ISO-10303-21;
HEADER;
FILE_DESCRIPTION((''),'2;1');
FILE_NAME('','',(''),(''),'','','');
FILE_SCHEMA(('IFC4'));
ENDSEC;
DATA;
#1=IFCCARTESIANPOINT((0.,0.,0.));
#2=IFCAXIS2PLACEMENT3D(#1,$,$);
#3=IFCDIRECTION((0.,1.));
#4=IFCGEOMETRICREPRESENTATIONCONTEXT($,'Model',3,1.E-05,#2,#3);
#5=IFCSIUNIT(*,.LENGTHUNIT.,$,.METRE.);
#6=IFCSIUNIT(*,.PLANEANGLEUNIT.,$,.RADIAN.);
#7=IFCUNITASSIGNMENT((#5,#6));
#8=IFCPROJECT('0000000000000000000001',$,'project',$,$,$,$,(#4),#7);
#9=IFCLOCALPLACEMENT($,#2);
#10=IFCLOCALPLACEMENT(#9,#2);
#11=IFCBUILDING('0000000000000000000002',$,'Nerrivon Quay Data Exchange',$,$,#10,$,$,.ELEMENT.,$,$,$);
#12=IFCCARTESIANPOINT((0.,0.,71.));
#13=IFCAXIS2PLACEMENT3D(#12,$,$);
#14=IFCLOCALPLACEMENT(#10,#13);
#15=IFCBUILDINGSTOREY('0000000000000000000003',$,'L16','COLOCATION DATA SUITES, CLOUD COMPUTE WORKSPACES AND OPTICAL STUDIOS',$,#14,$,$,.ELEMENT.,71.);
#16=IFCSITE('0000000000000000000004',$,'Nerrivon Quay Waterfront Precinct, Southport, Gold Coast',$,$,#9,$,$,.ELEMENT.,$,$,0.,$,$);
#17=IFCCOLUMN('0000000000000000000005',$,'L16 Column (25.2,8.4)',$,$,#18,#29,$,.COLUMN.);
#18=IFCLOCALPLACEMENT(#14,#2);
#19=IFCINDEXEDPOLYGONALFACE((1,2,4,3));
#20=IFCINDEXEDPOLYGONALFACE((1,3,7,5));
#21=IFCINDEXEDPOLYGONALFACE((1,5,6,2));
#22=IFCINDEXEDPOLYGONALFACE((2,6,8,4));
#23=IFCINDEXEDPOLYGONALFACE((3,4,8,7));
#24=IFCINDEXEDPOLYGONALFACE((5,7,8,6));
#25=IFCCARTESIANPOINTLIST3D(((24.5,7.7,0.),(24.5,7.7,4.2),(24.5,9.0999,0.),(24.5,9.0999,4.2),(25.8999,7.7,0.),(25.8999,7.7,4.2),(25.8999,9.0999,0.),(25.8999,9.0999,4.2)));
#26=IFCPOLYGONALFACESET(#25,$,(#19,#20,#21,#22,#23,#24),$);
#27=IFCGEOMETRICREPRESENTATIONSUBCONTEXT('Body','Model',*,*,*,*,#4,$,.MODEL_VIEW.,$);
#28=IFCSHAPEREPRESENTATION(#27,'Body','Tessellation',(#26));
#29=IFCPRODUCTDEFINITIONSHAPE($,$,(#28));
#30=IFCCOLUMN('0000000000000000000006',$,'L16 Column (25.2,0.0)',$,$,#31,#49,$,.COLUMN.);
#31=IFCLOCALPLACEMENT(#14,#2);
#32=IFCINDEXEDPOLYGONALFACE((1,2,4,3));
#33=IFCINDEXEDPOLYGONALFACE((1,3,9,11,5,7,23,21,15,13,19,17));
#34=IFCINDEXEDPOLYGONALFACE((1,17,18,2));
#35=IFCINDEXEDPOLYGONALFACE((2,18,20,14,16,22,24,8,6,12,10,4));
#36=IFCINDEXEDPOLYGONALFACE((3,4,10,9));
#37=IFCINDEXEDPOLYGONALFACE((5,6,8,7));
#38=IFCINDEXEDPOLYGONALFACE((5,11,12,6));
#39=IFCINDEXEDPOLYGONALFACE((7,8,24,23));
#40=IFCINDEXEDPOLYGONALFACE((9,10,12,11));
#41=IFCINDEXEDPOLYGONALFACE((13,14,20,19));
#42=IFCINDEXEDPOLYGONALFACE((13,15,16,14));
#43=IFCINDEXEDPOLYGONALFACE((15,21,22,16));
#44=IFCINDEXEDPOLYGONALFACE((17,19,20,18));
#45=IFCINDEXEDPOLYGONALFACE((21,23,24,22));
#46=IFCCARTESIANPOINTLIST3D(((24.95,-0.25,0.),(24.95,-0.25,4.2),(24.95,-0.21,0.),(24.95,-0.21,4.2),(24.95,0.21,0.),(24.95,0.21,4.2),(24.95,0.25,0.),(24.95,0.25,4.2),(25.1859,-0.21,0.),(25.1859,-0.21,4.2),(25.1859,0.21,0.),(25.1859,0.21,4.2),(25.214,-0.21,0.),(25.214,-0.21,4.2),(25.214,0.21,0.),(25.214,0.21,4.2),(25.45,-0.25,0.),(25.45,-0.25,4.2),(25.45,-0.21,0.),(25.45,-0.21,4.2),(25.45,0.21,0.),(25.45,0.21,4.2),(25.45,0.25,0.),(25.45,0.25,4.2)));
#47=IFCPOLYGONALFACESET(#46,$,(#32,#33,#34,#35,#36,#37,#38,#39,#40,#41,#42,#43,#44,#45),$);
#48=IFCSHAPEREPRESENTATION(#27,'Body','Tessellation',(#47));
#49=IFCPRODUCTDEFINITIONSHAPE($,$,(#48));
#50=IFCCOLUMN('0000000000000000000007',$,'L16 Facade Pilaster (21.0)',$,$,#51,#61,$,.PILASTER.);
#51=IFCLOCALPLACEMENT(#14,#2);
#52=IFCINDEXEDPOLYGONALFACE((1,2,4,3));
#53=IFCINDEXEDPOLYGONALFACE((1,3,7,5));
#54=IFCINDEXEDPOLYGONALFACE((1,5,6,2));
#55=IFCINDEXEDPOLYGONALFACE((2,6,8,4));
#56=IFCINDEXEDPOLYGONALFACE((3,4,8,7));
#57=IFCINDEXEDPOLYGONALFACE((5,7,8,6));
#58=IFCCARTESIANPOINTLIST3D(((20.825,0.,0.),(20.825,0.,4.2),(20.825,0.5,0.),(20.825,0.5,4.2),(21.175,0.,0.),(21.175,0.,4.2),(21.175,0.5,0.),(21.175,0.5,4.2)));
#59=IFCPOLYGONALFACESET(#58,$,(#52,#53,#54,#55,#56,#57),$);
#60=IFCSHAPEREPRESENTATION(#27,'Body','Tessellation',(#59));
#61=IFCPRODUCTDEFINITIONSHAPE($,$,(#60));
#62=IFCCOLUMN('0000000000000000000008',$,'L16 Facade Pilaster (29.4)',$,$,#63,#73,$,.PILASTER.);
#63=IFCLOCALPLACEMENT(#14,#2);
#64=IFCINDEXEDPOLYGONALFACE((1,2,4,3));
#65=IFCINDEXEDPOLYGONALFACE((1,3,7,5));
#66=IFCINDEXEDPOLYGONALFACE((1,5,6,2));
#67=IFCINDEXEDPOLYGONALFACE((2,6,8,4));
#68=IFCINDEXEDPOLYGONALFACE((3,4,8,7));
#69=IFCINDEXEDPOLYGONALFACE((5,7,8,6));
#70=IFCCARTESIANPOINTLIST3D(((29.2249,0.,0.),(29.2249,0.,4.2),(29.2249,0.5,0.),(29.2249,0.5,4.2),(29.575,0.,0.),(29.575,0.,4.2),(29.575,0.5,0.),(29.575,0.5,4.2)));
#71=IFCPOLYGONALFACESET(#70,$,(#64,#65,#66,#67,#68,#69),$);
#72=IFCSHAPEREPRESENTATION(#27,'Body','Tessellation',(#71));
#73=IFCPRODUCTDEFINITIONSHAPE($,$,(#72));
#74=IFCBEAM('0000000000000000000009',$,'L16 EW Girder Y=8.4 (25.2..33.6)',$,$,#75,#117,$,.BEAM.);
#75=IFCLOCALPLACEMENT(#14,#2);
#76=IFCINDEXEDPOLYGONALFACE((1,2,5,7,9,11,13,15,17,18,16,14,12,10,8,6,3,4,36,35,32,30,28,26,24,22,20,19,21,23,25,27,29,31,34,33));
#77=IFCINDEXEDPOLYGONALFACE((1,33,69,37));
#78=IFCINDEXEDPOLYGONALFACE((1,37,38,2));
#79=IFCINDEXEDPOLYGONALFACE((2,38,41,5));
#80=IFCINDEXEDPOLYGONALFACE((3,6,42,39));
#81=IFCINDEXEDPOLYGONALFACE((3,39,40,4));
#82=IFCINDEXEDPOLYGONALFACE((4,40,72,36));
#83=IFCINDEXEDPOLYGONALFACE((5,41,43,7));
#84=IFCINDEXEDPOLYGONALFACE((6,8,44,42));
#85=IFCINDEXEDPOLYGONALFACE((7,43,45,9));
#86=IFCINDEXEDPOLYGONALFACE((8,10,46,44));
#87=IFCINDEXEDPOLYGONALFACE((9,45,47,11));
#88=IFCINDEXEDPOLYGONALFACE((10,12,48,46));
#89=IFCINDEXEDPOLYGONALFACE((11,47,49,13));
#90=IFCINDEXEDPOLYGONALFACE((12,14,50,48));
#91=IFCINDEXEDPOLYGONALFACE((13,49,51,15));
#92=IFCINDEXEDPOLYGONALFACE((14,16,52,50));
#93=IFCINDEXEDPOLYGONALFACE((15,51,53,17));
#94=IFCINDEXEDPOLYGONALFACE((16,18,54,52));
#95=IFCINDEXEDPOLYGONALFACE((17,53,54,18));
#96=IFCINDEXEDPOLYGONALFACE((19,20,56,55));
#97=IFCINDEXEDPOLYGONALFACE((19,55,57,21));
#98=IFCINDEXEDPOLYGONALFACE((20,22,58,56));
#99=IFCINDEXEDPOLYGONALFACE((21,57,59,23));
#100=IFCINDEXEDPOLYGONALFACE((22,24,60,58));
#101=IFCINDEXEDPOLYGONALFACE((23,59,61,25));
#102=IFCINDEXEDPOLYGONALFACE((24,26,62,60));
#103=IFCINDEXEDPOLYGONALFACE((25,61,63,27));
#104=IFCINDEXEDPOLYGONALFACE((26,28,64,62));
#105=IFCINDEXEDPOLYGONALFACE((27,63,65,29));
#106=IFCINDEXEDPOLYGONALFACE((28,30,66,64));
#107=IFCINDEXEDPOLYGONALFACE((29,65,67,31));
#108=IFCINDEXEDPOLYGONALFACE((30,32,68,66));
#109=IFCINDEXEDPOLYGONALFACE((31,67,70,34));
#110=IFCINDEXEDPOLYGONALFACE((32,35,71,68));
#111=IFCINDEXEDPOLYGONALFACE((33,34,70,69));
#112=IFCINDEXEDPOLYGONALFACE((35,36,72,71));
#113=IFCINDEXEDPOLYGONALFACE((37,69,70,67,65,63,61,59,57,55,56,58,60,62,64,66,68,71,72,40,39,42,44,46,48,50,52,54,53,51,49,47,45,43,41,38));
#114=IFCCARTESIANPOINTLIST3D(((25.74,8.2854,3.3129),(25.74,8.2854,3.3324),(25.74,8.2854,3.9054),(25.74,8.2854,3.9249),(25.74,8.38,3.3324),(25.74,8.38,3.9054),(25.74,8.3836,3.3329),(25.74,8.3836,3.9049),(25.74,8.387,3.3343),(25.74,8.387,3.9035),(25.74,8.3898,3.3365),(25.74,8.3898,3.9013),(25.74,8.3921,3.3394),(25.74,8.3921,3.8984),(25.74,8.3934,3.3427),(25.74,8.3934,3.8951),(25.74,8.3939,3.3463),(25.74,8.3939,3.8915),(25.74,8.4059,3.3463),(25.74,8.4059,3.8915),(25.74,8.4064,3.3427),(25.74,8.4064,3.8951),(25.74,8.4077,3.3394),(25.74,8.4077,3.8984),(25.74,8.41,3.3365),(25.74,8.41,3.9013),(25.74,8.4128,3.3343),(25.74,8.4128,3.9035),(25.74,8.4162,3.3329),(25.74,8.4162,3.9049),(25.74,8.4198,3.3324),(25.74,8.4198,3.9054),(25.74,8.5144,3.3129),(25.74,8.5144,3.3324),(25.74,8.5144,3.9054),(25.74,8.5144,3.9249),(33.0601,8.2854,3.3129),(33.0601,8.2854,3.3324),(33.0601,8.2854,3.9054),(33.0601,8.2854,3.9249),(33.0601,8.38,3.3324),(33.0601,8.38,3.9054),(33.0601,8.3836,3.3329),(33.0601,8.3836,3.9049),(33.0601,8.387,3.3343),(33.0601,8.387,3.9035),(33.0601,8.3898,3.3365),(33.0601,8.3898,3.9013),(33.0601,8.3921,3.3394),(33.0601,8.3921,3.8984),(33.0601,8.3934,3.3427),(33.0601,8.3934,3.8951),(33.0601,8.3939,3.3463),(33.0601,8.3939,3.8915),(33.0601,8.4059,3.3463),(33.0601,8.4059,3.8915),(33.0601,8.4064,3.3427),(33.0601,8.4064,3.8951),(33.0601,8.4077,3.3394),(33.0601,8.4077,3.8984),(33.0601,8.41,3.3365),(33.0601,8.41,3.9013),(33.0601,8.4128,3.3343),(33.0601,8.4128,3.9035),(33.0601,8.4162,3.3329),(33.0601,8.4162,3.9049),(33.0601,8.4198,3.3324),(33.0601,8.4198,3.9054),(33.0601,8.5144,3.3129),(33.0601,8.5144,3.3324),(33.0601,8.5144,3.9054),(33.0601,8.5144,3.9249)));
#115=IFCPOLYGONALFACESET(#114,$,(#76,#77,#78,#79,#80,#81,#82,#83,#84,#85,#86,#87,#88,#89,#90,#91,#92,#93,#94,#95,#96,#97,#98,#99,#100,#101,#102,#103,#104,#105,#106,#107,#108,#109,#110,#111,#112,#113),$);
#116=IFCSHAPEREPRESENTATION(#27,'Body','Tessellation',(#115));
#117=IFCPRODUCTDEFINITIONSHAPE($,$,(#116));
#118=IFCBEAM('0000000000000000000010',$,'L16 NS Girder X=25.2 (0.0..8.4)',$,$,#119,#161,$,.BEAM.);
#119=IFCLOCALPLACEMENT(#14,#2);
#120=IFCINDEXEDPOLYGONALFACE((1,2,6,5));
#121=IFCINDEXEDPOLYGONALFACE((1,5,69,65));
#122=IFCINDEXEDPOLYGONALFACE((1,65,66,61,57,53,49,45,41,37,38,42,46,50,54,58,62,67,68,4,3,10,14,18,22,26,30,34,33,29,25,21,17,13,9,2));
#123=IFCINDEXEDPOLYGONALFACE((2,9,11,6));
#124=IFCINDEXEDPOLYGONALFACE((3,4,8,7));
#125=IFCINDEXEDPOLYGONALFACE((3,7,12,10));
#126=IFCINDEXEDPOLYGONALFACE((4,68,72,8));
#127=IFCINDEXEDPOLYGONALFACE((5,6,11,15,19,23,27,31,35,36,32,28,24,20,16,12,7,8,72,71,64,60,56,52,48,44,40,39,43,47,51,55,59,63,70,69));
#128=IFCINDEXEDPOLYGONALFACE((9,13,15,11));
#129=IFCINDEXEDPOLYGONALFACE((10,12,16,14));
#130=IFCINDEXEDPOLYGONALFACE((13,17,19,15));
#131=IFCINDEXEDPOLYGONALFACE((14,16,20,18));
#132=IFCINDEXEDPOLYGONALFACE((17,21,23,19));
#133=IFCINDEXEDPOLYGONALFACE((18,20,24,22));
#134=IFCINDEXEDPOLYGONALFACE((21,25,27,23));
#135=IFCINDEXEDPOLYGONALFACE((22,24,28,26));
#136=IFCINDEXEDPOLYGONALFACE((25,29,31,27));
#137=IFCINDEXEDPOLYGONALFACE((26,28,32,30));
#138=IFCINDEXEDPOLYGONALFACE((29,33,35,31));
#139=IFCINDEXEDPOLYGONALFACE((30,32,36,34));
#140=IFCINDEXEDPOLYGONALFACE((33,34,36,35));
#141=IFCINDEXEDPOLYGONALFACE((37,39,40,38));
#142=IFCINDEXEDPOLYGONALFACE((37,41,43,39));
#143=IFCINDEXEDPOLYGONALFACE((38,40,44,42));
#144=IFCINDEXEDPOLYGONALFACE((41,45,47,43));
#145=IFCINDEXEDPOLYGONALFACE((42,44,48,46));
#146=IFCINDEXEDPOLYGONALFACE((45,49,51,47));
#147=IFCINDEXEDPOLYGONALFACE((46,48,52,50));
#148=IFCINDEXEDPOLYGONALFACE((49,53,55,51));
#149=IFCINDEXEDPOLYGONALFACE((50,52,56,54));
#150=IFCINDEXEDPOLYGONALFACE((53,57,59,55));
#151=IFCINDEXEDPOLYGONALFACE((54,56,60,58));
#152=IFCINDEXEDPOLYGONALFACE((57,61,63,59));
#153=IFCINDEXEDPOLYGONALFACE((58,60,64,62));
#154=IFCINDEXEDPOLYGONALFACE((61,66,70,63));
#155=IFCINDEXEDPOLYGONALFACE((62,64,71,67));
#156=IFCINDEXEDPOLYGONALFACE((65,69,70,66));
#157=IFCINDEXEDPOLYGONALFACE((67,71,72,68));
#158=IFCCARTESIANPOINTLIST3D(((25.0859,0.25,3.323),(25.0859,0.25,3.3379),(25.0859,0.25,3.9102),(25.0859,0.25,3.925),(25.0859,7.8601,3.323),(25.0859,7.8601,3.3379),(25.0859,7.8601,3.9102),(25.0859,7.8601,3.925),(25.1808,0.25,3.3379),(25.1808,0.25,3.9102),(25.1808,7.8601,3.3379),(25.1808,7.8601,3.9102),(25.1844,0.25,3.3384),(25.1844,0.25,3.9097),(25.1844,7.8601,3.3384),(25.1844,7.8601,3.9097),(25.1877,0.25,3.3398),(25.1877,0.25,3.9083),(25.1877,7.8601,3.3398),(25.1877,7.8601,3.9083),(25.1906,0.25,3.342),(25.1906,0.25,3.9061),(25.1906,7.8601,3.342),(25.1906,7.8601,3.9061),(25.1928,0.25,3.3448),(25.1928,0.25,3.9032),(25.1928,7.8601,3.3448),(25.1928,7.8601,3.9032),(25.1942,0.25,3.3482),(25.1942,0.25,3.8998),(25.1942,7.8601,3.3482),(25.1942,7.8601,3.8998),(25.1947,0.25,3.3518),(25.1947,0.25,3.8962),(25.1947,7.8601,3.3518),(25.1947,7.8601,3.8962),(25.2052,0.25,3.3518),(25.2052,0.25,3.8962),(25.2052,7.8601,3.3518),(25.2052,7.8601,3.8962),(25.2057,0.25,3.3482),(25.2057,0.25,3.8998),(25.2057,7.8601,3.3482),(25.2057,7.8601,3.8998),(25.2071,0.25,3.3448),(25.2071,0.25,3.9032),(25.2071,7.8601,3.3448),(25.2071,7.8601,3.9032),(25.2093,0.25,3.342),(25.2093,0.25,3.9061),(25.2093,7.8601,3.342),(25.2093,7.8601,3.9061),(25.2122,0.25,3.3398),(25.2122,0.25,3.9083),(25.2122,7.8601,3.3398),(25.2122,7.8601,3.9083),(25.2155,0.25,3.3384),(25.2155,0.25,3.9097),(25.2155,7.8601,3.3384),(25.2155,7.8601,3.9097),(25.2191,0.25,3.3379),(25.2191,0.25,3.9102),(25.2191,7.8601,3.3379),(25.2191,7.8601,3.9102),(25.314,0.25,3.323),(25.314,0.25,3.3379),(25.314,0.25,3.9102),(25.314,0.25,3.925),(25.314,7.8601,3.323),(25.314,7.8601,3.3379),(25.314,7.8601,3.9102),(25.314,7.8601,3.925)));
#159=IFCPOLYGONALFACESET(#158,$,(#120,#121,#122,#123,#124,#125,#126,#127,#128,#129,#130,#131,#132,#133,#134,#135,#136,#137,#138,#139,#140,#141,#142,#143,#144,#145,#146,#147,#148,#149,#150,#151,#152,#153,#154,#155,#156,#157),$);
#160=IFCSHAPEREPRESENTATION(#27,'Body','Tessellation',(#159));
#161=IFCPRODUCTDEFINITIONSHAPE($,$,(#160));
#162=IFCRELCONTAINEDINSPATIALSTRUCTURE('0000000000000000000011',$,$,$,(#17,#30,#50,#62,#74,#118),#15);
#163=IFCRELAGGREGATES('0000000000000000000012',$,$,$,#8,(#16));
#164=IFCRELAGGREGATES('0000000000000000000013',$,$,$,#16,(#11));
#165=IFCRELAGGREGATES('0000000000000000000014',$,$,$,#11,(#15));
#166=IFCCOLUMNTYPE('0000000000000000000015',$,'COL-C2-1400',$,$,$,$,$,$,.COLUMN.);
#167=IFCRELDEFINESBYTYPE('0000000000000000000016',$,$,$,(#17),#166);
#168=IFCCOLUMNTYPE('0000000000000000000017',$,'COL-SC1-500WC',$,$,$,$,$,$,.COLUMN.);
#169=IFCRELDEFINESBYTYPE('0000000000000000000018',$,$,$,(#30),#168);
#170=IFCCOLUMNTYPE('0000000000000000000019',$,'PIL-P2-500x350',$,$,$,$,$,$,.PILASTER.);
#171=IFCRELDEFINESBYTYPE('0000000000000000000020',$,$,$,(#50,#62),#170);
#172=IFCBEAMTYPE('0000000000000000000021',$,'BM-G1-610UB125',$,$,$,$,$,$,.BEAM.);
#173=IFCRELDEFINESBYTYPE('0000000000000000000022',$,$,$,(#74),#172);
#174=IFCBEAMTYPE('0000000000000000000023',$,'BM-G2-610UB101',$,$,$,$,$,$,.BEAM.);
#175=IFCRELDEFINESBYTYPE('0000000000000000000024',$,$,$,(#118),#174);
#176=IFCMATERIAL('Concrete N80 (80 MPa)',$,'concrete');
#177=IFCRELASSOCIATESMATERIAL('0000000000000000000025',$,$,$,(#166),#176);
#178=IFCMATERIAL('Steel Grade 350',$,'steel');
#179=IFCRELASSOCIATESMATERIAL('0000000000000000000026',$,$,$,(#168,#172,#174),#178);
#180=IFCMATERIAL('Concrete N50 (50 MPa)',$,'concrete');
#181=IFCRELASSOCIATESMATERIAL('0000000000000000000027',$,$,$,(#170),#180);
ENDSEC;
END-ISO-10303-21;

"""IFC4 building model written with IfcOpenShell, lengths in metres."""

from ifc_helpers import new_model, si_unit, direction, frame, origin, origin_2d, place, context, subcontext, project, spatial, rectangle, i_section, extrude, material, material_profile, profile_set, type_object, element, save


model = new_model("IFC4")

# Units and contexts
model_context = context("Model", 3, precision=1e-05, world=origin(), true_north=direction((0.0, 1.0)))
body_context = subcontext(model_context, "Body", "Model", "MODEL_VIEW")
ifc_project = project(units=[si_unit("LENGTHUNIT", "METRE"), si_unit("PLANEANGLEUNIT", "RADIAN")], contexts=[model_context])

# Site, building, storey
site_placement = place(None, origin())
site = spatial("IfcSite", under=ifc_project, at=site_placement, Name="Nerrivon Quay Waterfront Precinct, Southport, Gold Coast", CompositionType="ELEMENT", RefElevation=0.0)
building_placement = place(site_placement, origin())
building = spatial("IfcBuilding", under=site, at=building_placement, Name="Nerrivon Quay Data Exchange", CompositionType="ELEMENT")
storey_placement = place(building_placement, frame((0.0, 0.0, 71.0)))
storey = spatial("IfcBuildingStorey", under=building, at=storey_placement, Name="L16", Description="COLOCATION DATA SUITES, CLOUD COMPUTE WORKSPACES AND OPTICAL STUDIOS", CompositionType="ELEMENT", Elevation=71.0)

# Columns
ifc_material_1 = material(Name="Concrete N80 (80 MPa)", Category="concrete")
ifc_material_profile_1 = material_profile(ifc_material_1, rectangle(XDim=1.3999, YDim=1.3999, at=origin_2d()), Name="RC-COL-1400x1400")
ifc_profile_set_1 = profile_set([ifc_material_profile_1], Name="Concrete N80 (80 MPa)")
column_type_1 = type_object("IfcColumnType", Name="COL-C2-1400", PredefinedType="COLUMN", material=ifc_profile_set_1)
column_1_placement = place(storey_placement, frame((25.2, 8.3999, 0.0), z_axis=(0.0, 0.0, 1.0), x_axis=(1.0, 0.0, 0.0)))
element("IfcColumn", 1, at=column_1_placement, inside=storey, type_object=column_type_1, Name="L16 Column (25.2,8.4)", PredefinedType="COLUMN", context=body_context, shape_type="SweptSolid", body=[
    extrude(rectangle(XDim=1.3999, YDim=1.3999, at=origin_2d()), origin(), (0.0, 0.0, 1.0), 4.2),
])
ifc_material_2 = material(Name="Steel Grade 350", Category="steel")
ifc_material_profile_2 = material_profile(ifc_material_2, i_section(OverallWidth=0.5, OverallDepth=0.5, WebThickness=0.0281, FlangeThickness=0.04, at=origin_2d()), Name="500WC440")
ifc_profile_set_2 = profile_set([ifc_material_profile_2], Name="Steel Grade 350")
column_type_2 = type_object("IfcColumnType", Name="COL-SC1-500WC", PredefinedType="COLUMN", material=ifc_profile_set_2)
column_2_placement = place(storey_placement, frame((25.2, 0.0, 0.0), z_axis=(0.0, 0.0, 1.0), x_axis=(1.0, 0.0, 0.0)))
element("IfcColumn", 2, at=column_2_placement, inside=storey, type_object=column_type_2, Name="L16 Column (25.2,0.0)", PredefinedType="COLUMN", context=body_context, shape_type="SweptSolid", body=[
    extrude(i_section(OverallWidth=0.5, OverallDepth=0.5, WebThickness=0.0281, FlangeThickness=0.04, at=origin_2d()), origin(), (0.0, 0.0, 1.0), 4.2),
])
ifc_material_3 = material(Name="Concrete N50 (50 MPa)", Category="concrete")
ifc_material_profile_3 = material_profile(ifc_material_3, rectangle(XDim=0.3501, YDim=0.5, at=origin_2d()), Name="RC-PIL-500x350")
ifc_profile_set_3 = profile_set([ifc_material_profile_3], Name="Concrete N50 (50 MPa)")
column_type_3 = type_object("IfcColumnType", Name="PIL-P2-500x350", PredefinedType="PILASTER", material=ifc_profile_set_3)
for number, where, z_axis, x_axis, name in (
    (3, (21.0, 0.25, 0.0), (0.0, 0.0, 1.0), (1.0, 0.0, 0.0), "L16 Facade Pilaster (21.0)"),
    (4, (29.3999, 0.25, 0.0), (0.0, 0.0, 1.0), (1.0, 0.0, 0.0), "L16 Facade Pilaster (29.4)"),
):
    element("IfcColumn", number, at=place(storey_placement, frame(where, z_axis=z_axis, x_axis=x_axis)), inside=storey, type_object=column_type_3, Name=name, PredefinedType="PILASTER", context=body_context, shape_type="SweptSolid", body=[
        extrude(rectangle(XDim=0.3501, YDim=0.5, at=origin_2d()), origin(), (0.0, 0.0, 1.0), 4.2),
    ])

# Beams
ifc_material_profile_4 = material_profile(ifc_material_2, i_section(OverallWidth=0.229, OverallDepth=0.6121, WebThickness=0.012, FlangeThickness=0.0195, FilletRadius=0.0139, at=origin_2d()), Name="610UB125")
ifc_profile_set_4 = profile_set([ifc_material_profile_4], Name="Steel Grade 350")
beam_type_1 = type_object("IfcBeamType", Name="BM-G1-610UB125", PredefinedType="BEAM", material=ifc_profile_set_4)
beam_1_placement = place(storey_placement, frame((25.74, 8.3999, 3.6189), z_axis=(1.0, 0.0, 0.0), x_axis=(0.0, 1.0, 0.0)))
element("IfcBeam", 5, at=beam_1_placement, inside=storey, type_object=beam_type_1, Name="L16 EW Girder Y=8.4 (25.2..33.6)", PredefinedType="BEAM", context=body_context, shape_type="SweptSolid", body=[
    extrude(i_section(OverallWidth=0.229, OverallDepth=0.6121, WebThickness=0.012, FlangeThickness=0.0195, FilletRadius=0.0139, at=origin_2d()), origin(), (0.0, 0.0, 1.0), 7.3201),
])
ifc_material_profile_5 = material_profile(ifc_material_2, i_section(OverallWidth=0.228, OverallDepth=0.6021, WebThickness=0.0105, FlangeThickness=0.0149, FilletRadius=0.0139, at=origin_2d()), Name="610UB101")
ifc_profile_set_5 = profile_set([ifc_material_profile_5], Name="Steel Grade 350")
beam_type_2 = type_object("IfcBeamType", Name="BM-G2-610UB101", PredefinedType="BEAM", material=ifc_profile_set_5)
beam_2_placement = place(storey_placement, frame((25.2, 0.25, 3.624), z_axis=(0.0, 1.0, 0.0), x_axis=(-1.0, 0.0, 0.0)))
element("IfcBeam", 6, at=beam_2_placement, inside=storey, type_object=beam_type_2, Name="L16 NS Girder X=25.2 (0.0..8.4)", PredefinedType="BEAM", context=body_context, shape_type="SweptSolid", body=[
    extrude(i_section(OverallWidth=0.228, OverallDepth=0.6021, WebThickness=0.0105, FlangeThickness=0.0149, FilletRadius=0.0139, at=origin_2d()), origin(), (0.0, 0.0, 1.0), 7.6101),
])

save(model, "model.ifc")
